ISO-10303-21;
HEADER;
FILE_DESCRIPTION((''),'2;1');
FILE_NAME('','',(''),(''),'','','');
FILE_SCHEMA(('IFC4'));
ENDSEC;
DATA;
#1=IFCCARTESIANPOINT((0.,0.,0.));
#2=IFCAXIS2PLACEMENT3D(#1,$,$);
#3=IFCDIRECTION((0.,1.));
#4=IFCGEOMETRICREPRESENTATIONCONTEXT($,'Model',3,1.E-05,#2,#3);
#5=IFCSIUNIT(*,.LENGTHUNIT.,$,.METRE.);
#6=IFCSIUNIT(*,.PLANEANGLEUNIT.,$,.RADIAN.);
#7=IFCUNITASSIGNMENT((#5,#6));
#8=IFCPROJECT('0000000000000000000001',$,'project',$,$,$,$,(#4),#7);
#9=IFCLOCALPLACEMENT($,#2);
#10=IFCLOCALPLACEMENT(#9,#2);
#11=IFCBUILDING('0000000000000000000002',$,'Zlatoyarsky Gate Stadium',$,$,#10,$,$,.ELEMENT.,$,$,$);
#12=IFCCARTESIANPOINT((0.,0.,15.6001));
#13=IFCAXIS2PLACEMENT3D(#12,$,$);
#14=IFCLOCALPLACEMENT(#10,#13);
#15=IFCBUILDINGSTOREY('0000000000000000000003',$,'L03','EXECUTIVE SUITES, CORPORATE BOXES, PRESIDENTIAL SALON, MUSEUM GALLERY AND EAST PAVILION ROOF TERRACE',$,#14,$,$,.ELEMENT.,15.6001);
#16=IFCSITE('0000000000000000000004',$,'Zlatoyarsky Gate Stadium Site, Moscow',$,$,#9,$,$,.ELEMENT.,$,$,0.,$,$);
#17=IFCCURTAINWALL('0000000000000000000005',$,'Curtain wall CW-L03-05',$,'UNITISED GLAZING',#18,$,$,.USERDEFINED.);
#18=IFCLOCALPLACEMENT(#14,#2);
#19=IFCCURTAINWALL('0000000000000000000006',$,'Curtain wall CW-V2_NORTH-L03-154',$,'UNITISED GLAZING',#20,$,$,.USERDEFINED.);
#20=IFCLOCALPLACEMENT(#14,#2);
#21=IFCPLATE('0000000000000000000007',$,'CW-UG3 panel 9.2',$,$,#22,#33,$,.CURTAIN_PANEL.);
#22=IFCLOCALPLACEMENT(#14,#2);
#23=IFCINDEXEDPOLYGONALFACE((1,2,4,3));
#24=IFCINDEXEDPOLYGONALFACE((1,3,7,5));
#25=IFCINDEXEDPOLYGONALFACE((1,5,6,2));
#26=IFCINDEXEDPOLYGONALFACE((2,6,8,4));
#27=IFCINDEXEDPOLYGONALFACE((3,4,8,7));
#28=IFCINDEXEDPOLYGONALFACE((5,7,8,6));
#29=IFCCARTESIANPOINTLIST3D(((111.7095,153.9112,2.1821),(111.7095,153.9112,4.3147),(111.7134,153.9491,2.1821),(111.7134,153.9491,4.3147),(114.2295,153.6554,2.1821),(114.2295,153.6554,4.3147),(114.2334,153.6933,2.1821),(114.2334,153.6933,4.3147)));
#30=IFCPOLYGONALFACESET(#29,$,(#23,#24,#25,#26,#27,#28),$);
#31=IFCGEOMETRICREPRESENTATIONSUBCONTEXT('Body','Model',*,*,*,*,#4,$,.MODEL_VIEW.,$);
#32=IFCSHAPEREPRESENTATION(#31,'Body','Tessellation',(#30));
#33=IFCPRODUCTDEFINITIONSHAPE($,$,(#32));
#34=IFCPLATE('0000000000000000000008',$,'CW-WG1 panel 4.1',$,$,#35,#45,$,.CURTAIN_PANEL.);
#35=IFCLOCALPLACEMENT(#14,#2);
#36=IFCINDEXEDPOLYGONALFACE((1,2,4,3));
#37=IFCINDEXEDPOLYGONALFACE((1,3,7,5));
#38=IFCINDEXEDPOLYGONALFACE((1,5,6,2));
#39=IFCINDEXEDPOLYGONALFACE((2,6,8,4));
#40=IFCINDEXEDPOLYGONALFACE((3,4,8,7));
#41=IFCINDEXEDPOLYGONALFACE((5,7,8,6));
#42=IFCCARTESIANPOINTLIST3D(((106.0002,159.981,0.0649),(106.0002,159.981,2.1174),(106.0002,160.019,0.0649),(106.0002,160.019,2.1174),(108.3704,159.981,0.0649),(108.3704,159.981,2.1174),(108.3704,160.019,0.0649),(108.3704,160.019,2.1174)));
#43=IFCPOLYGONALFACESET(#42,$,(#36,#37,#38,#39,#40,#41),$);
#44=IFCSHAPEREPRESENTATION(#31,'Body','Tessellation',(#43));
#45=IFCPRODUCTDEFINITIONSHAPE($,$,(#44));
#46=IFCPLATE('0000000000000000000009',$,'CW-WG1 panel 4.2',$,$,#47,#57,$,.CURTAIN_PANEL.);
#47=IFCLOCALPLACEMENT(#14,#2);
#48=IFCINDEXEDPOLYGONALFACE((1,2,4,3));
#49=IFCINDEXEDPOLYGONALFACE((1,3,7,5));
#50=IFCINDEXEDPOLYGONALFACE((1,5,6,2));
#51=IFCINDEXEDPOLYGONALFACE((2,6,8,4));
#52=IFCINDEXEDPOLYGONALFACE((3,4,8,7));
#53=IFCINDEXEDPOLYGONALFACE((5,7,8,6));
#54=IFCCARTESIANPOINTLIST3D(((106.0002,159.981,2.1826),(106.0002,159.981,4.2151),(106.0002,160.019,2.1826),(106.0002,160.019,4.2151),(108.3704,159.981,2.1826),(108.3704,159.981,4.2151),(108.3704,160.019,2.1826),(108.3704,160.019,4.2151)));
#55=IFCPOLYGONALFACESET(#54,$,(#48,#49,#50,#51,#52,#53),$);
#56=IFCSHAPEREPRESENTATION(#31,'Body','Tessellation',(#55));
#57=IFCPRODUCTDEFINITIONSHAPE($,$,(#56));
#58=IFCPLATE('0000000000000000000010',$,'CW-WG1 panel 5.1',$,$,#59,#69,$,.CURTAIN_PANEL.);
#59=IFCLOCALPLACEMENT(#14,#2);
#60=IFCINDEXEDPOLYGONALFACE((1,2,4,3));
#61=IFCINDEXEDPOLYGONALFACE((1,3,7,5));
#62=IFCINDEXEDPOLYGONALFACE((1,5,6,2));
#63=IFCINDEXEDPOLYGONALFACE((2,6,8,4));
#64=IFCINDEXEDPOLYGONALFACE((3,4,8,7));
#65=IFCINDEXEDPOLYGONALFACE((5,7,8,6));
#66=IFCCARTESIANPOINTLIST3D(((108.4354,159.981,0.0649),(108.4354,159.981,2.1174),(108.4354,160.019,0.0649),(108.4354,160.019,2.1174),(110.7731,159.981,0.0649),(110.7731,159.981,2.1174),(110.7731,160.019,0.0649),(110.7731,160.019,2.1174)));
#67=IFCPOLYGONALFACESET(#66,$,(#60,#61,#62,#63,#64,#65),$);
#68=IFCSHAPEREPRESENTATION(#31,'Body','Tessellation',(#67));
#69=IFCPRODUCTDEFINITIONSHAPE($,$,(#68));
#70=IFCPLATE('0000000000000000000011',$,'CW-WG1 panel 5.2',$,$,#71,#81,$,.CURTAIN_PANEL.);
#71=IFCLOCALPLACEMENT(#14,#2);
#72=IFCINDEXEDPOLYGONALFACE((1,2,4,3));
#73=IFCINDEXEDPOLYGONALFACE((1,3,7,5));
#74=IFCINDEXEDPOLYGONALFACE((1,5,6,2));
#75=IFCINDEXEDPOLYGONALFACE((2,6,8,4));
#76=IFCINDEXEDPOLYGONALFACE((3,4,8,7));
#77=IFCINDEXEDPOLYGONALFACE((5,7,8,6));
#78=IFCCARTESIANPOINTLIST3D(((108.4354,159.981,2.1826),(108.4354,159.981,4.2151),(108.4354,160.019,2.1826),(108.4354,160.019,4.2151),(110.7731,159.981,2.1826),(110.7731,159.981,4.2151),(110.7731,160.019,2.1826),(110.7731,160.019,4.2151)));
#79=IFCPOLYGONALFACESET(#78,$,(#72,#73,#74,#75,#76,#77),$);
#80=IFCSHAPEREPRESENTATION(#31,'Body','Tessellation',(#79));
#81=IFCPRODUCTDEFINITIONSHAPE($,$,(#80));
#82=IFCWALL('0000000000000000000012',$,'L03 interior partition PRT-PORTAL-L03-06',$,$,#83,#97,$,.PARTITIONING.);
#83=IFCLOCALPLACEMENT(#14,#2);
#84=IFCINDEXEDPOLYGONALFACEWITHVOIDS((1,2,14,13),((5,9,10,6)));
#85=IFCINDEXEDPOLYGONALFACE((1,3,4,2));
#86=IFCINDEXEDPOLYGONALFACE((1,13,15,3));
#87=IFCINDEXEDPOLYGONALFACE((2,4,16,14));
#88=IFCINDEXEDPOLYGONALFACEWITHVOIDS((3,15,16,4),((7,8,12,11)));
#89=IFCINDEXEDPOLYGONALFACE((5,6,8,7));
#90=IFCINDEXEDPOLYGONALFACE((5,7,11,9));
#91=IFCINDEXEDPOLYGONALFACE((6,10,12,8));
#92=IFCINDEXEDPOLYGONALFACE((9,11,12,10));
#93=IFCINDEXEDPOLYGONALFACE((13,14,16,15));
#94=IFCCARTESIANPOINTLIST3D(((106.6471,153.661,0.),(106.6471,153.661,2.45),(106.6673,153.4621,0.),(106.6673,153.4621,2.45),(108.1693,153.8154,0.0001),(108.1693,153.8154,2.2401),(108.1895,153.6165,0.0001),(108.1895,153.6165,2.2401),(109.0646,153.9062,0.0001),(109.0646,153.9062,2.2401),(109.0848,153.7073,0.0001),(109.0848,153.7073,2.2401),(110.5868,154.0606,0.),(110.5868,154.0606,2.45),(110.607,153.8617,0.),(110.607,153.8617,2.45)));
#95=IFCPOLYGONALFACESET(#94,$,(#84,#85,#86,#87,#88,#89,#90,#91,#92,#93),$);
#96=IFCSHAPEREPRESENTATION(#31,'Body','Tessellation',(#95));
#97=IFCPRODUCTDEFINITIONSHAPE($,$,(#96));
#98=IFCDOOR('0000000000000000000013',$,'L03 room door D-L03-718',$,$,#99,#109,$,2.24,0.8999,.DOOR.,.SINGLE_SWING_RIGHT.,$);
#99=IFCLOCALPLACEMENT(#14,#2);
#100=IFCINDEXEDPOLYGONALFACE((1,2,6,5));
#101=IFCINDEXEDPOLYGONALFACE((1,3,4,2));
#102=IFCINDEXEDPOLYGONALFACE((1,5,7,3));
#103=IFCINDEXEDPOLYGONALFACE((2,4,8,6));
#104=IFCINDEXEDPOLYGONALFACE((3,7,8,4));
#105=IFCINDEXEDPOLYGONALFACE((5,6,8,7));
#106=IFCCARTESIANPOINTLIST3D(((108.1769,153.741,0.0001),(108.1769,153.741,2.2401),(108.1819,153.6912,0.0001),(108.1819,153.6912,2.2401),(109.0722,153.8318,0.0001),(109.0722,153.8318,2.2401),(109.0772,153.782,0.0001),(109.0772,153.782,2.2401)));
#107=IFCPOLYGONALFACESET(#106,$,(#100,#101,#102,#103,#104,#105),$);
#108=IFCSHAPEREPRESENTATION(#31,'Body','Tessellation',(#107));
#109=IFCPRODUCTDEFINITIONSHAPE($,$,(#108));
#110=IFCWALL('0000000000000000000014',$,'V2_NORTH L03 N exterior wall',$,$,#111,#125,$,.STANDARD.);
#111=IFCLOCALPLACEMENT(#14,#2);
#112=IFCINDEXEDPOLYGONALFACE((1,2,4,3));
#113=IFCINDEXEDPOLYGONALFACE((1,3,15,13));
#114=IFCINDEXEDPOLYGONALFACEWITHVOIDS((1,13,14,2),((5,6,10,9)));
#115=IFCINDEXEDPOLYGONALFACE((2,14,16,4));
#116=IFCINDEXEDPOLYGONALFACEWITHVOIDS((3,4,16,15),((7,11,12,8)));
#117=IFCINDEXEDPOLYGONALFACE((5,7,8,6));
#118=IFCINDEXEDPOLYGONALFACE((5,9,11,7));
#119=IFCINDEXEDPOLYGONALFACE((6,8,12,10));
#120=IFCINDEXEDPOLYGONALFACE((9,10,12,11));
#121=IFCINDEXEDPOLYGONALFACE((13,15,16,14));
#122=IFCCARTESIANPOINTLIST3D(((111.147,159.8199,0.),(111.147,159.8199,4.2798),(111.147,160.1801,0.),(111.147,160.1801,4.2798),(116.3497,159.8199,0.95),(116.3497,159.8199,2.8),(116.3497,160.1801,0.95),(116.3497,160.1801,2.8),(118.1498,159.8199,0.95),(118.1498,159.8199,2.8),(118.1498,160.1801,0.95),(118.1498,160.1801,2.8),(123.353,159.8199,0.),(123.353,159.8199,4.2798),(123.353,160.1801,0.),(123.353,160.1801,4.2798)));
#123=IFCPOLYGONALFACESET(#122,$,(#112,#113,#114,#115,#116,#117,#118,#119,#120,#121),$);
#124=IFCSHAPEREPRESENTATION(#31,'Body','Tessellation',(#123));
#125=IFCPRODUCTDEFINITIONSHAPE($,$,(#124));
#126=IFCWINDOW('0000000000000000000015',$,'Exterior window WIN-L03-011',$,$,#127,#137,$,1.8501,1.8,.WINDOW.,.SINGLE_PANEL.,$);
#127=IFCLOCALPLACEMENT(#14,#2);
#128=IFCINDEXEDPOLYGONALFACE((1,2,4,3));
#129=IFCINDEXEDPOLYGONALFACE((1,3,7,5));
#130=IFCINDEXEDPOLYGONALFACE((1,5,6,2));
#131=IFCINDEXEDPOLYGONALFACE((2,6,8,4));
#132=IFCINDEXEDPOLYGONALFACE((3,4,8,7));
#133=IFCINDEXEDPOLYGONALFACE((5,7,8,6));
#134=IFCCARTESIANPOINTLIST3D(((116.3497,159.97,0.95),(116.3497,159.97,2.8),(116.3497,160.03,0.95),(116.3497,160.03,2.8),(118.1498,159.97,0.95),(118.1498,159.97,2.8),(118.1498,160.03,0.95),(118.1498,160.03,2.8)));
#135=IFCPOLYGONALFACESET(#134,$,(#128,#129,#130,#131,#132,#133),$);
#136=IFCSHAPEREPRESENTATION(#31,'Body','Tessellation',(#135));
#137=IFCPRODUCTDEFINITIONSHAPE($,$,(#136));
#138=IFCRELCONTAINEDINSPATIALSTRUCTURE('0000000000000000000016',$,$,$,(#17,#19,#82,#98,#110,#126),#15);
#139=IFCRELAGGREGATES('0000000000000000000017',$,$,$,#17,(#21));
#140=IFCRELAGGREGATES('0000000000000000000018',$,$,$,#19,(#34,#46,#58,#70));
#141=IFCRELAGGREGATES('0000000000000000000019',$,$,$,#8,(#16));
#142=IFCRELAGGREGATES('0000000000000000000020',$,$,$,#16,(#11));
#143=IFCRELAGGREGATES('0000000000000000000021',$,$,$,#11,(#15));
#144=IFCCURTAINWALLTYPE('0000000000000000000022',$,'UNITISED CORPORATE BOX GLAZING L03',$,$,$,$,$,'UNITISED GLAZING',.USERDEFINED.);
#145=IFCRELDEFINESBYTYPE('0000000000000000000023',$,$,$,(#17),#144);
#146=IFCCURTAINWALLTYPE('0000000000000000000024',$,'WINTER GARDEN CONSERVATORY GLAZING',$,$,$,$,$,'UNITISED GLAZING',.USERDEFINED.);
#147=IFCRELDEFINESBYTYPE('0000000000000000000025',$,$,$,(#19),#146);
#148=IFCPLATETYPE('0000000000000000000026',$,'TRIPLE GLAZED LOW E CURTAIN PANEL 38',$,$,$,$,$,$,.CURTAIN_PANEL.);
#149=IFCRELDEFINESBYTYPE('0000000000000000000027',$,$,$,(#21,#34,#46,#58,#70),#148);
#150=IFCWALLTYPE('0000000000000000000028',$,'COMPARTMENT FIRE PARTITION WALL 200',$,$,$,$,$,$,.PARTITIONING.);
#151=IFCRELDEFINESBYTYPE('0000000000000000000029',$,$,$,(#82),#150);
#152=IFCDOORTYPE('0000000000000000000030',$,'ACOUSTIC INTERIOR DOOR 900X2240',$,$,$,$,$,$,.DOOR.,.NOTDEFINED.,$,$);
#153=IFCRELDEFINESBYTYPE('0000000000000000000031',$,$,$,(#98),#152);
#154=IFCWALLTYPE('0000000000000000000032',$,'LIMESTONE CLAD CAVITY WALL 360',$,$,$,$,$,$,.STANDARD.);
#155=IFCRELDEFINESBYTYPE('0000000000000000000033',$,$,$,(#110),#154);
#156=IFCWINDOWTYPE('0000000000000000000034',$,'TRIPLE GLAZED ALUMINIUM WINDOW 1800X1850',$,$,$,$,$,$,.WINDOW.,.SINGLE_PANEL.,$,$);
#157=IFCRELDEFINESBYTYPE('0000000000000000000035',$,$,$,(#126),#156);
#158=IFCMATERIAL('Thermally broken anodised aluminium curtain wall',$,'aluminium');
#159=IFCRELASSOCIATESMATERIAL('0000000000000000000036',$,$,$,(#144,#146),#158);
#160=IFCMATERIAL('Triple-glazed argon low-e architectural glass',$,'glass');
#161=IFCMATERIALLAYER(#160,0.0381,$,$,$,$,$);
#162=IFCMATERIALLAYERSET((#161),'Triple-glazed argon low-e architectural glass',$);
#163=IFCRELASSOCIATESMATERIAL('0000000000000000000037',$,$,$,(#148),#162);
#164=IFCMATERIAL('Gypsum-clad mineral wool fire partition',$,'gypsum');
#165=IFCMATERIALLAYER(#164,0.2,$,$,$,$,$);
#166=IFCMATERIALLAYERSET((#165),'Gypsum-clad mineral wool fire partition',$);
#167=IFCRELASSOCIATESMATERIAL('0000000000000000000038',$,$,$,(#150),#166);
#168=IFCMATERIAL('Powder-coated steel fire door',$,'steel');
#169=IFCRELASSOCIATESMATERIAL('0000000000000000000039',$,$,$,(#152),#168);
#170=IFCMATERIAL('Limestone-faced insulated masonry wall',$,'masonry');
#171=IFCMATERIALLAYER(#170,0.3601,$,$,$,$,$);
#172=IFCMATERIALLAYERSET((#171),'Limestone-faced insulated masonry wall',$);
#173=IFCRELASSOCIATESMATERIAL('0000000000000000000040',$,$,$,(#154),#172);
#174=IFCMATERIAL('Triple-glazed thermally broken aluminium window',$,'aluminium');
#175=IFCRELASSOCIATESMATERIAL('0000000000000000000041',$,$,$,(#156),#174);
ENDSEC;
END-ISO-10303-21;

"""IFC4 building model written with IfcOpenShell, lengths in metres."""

from ifc_helpers import new_model, si_unit, direction, frame, frame_2d, origin, origin_2d, place, context, subcontext, project, spatial, rectangle, extrude, material, layer, layer_set, type_object, element, fill, aggregate, save


model = new_model("IFC4")

# Units and contexts
model_context = context("Model", 3, precision=1e-05, world=origin(), true_north=direction((0.0, 1.0)))
body_context = subcontext(model_context, "Body", "Model", "MODEL_VIEW")
ifc_project = project(units=[si_unit("LENGTHUNIT", "METRE"), si_unit("PLANEANGLEUNIT", "RADIAN")], contexts=[model_context])

# Site, building, storey
site_placement = place(None, origin())
site = spatial("IfcSite", under=ifc_project, at=site_placement, Name="Zlatoyarsky Gate Stadium Site, Moscow", CompositionType="ELEMENT", RefElevation=0.0)
building_placement = place(site_placement, origin())
building = spatial("IfcBuilding", under=site, at=building_placement, Name="Zlatoyarsky Gate Stadium", CompositionType="ELEMENT")
storey_placement = place(building_placement, frame((0.0, 0.0, 15.6001)))
storey = spatial("IfcBuildingStorey", under=building, at=storey_placement, Name="L03", Description="EXECUTIVE SUITES, CORPORATE BOXES, PRESIDENTIAL SALON, MUSEUM GALLERY AND EAST PAVILION ROOF TERRACE", CompositionType="ELEMENT", Elevation=15.6001)

# Curtain wall
ifc_material_1 = material(Name="Thermally broken anodised aluminium curtain wall", Category="aluminium")
curtain_wall_type_1 = type_object("IfcCurtainWallType", Name="UNITISED CORPORATE BOX GLAZING L03", ElementType="UNITISED GLAZING", PredefinedType="USERDEFINED", material=ifc_material_1)
curtain_wall_1_placement = place(storey_placement, origin())
curtain_wall_1 = element("IfcCurtainWall", 1, at=curtain_wall_1_placement, inside=storey, type_object=curtain_wall_type_1, Name="Curtain wall CW-L03-05", ObjectType="UNITISED GLAZING", PredefinedType="USERDEFINED")

# Curtain wall
curtain_wall_type_2 = type_object("IfcCurtainWallType", Name="WINTER GARDEN CONSERVATORY GLAZING", ElementType="UNITISED GLAZING", PredefinedType="USERDEFINED", material=ifc_material_1)
curtain_wall_2_placement = place(storey_placement, origin())
curtain_wall_2 = element("IfcCurtainWall", 2, at=curtain_wall_2_placement, inside=storey, type_object=curtain_wall_type_2, Name="Curtain wall CW-V2_NORTH-L03-154", ObjectType="UNITISED GLAZING", PredefinedType="USERDEFINED")

# Plates
ifc_material_2 = material(Name="Triple-glazed argon low-e architectural glass", Category="glass")
ifc_layer_1 = layer(ifc_material_2, 0.0381)
ifc_layer_set_1 = layer_set([ifc_layer_1], Name="Triple-glazed argon low-e architectural glass")
plate_type_1 = type_object("IfcPlateType", Name="TRIPLE GLAZED LOW E CURTAIN PANEL 38", PredefinedType="CURTAIN_PANEL", material=ifc_layer_set_1)
plate_1_placement = place(storey_placement, frame((112.9714, 153.8022, 2.1821), z_axis=(0.0, 0.0, 1.0), x_axis=(-0.99489, 0.100968, 0.0)))
plate_1 = element("IfcPlate", 3, at=plate_1_placement, type_object=plate_type_1, Name="CW-UG3 panel 9.2", PredefinedType="CURTAIN_PANEL", context=body_context, shape_type="SweptSolid", body=[
    extrude(rectangle(XDim=2.533, YDim=0.0381, at=origin_2d()), origin(), (0.0, 0.0, 1.0), 2.1326),
])
aggregate(curtain_wall_1, [plate_1])
plate_2_placement = place(storey_placement, frame((107.1853, 160.0, 0.0649), z_axis=(0.0, 0.0, 1.0), x_axis=(1.0, 0.0, 0.0)))
plate_2 = element("IfcPlate", 4, at=plate_2_placement, type_object=plate_type_1, Name="CW-WG1 panel 4.1", PredefinedType="CURTAIN_PANEL", context=body_context, shape_type="SweptSolid", body=[
    extrude(rectangle(XDim=2.3701, YDim=0.0381, at=origin_2d()), origin(), (0.0, 0.0, 1.0), 2.0525),
])
plate_3_placement = place(storey_placement, frame((107.1853, 160.0, 2.1826), z_axis=(0.0, 0.0, 1.0), x_axis=(1.0, 0.0, 0.0)))
plate_3 = element("IfcPlate", 5, at=plate_3_placement, type_object=plate_type_1, Name="CW-WG1 panel 4.2", PredefinedType="CURTAIN_PANEL", context=body_context, shape_type="SweptSolid", body=[
    extrude(rectangle(XDim=2.3701, YDim=0.0381, at=origin_2d()), origin(), (0.0, 0.0, 1.0), 2.0325),
])
plate_4_placement = place(storey_placement, frame((109.6042, 160.0, 0.0649), z_axis=(0.0, 0.0, 1.0), x_axis=(1.0, 0.0, 0.0)))
plate_4 = element("IfcPlate", 6, at=plate_4_placement, type_object=plate_type_1, Name="CW-WG1 panel 5.1", PredefinedType="CURTAIN_PANEL", context=body_context, shape_type="SweptSolid", body=[
    extrude(rectangle(XDim=2.3376, YDim=0.0381, at=origin_2d()), origin(), (0.0, 0.0, 1.0), 2.0525),
])
plate_5_placement = place(storey_placement, frame((109.6042, 160.0, 2.1826), z_axis=(0.0, 0.0, 1.0), x_axis=(1.0, 0.0, 0.0)))
plate_5 = element("IfcPlate", 7, at=plate_5_placement, type_object=plate_type_1, Name="CW-WG1 panel 5.2", PredefinedType="CURTAIN_PANEL", context=body_context, shape_type="SweptSolid", body=[
    extrude(rectangle(XDim=2.3376, YDim=0.0381, at=origin_2d()), origin(), (0.0, 0.0, 1.0), 2.0325),
])
aggregate(curtain_wall_2, [plate_2, plate_3, plate_4, plate_5])

# Wall, opening, door
ifc_material_3 = material(Name="Gypsum-clad mineral wool fire partition", Category="gypsum")
ifc_layer_2 = layer(ifc_material_3, 0.2)
ifc_layer_set_2 = layer_set([ifc_layer_2], Name="Gypsum-clad mineral wool fire partition")
wall_type_1 = type_object("IfcWallType", Name="COMPARTMENT FIRE PARTITION WALL 200", PredefinedType="PARTITIONING", material=ifc_layer_set_2)
wall_1_placement = place(storey_placement, frame((110.5969, 153.9612, 0.0), z_axis=(0.0, 0.0, 1.0), x_axis=(-0.994894, -0.100926, 0.0)))
wall_1 = element("IfcWall", 8, at=wall_1_placement, inside=storey, type_object=wall_type_1, Name="L03 interior partition PRT-PORTAL-L03-06", PredefinedType="PARTITIONING", context=body_context, shape_type="SweptSolid", body=[
    extrude(rectangle(XDim=3.96, YDim=0.2, at=frame_2d((1.98, 0.0))), origin(), (0.0, 0.0, 1.0), 2.45),
])
opening_1_placement = place(wall_1_placement, frame((1.53, 0.0, 0.0)))
opening_1 = element("IfcOpeningElement", 9, at=opening_1_placement, cuts=wall_1, PredefinedType="OPENING", context=body_context, shape_type="SweptSolid", body=[
    extrude(rectangle(XDim=0.8999, YDim=2.24, at=frame_2d((0.45, 1.1201))), frame((0.0, 0.1099, 0.0), z_axis=(0.0, -1.0, 0.0), x_axis=(1.0, 0.0, 0.0)), (0.0, 0.0, 1.0), 0.22),
])
ifc_material_4 = material(Name="Powder-coated steel fire door", Category="steel")
door_type = type_object("IfcDoorType", Name="ACOUSTIC INTERIOR DOOR 900X2240", OperationType="NOTDEFINED", PredefinedType="DOOR", material=ifc_material_4)
door_placement = place(opening_1_placement, origin())
door = element("IfcDoor", 10, at=door_placement, inside=storey, type_object=door_type, Name="L03 room door D-L03-718", OperationType="SINGLE_SWING_RIGHT", OverallHeight=2.24, OverallWidth=0.8999, PredefinedType="DOOR", context=body_context, shape_type="SweptSolid", body=[
    extrude(rectangle(XDim=0.8999, YDim=2.24, at=frame_2d((0.45, 1.1201))), frame((0.0, 0.0249, 0.0), z_axis=(0.0, -1.0, 0.0), x_axis=(1.0, 0.0, 0.0)), (0.0, 0.0, 1.0), 0.05),
])
fill(opening_1, door)

# Wall, opening, window
ifc_material_5 = material(Name="Limestone-faced insulated masonry wall", Category="masonry")
ifc_layer_3 = layer(ifc_material_5, 0.3601)
ifc_layer_set_3 = layer_set([ifc_layer_3], Name="Limestone-faced insulated masonry wall")
wall_type_2 = type_object("IfcWallType", Name="LIMESTONE CLAD CAVITY WALL 360", PredefinedType="STANDARD", material=ifc_layer_set_3)
wall_2_placement = place(storey_placement, frame((111.147, 160.0, 0.0), z_axis=(0.0, 0.0, 1.0), x_axis=(1.0, 0.0, 0.0)))
wall_2 = element("IfcWall", 11, at=wall_2_placement, inside=storey, type_object=wall_type_2, Name="V2_NORTH L03 N exterior wall", PredefinedType="STANDARD", context=body_context, shape_type="SweptSolid", body=[
    extrude(rectangle(XDim=12.2061, YDim=0.3601, at=frame_2d((6.103, 0.0))), origin(), (0.0, 0.0, 1.0), 4.2798),
])
opening_2_placement = place(wall_2_placement, frame((5.2029, 0.0, 0.95)))
opening_2 = element("IfcOpeningElement", 12, at=opening_2_placement, cuts=wall_2, PredefinedType="OPENING", context=body_context, shape_type="SweptSolid", body=[
    extrude(rectangle(XDim=1.8, YDim=1.8501, at=frame_2d((0.8999, 0.925))), frame((0.0, 0.1899, 0.0), z_axis=(0.0, -1.0, 0.0), x_axis=(1.0, 0.0, 0.0)), (0.0, 0.0, 1.0), 0.3801),
])
ifc_material_6 = material(Name="Triple-glazed thermally broken aluminium window", Category="aluminium")
window_type = type_object("IfcWindowType", Name="TRIPLE GLAZED ALUMINIUM WINDOW 1800X1850", PartitioningType="SINGLE_PANEL", PredefinedType="WINDOW", material=ifc_material_6)
window_placement = place(opening_2_placement, origin())
window = element("IfcWindow", 13, at=window_placement, inside=storey, type_object=window_type, Name="Exterior window WIN-L03-011", OverallHeight=1.8501, OverallWidth=1.8, PartitioningType="SINGLE_PANEL", PredefinedType="WINDOW", context=body_context, shape_type="SweptSolid", body=[
    extrude(rectangle(XDim=1.8, YDim=1.8501, at=frame_2d((0.8999, 0.925))), frame((0.0, 0.03, 0.0), z_axis=(0.0, -1.0, 0.0), x_axis=(1.0, 0.0, 0.0)), (0.0, 0.0, 1.0), 0.0601),
])
fill(opening_2, window)

save(model, "model.ifc")
